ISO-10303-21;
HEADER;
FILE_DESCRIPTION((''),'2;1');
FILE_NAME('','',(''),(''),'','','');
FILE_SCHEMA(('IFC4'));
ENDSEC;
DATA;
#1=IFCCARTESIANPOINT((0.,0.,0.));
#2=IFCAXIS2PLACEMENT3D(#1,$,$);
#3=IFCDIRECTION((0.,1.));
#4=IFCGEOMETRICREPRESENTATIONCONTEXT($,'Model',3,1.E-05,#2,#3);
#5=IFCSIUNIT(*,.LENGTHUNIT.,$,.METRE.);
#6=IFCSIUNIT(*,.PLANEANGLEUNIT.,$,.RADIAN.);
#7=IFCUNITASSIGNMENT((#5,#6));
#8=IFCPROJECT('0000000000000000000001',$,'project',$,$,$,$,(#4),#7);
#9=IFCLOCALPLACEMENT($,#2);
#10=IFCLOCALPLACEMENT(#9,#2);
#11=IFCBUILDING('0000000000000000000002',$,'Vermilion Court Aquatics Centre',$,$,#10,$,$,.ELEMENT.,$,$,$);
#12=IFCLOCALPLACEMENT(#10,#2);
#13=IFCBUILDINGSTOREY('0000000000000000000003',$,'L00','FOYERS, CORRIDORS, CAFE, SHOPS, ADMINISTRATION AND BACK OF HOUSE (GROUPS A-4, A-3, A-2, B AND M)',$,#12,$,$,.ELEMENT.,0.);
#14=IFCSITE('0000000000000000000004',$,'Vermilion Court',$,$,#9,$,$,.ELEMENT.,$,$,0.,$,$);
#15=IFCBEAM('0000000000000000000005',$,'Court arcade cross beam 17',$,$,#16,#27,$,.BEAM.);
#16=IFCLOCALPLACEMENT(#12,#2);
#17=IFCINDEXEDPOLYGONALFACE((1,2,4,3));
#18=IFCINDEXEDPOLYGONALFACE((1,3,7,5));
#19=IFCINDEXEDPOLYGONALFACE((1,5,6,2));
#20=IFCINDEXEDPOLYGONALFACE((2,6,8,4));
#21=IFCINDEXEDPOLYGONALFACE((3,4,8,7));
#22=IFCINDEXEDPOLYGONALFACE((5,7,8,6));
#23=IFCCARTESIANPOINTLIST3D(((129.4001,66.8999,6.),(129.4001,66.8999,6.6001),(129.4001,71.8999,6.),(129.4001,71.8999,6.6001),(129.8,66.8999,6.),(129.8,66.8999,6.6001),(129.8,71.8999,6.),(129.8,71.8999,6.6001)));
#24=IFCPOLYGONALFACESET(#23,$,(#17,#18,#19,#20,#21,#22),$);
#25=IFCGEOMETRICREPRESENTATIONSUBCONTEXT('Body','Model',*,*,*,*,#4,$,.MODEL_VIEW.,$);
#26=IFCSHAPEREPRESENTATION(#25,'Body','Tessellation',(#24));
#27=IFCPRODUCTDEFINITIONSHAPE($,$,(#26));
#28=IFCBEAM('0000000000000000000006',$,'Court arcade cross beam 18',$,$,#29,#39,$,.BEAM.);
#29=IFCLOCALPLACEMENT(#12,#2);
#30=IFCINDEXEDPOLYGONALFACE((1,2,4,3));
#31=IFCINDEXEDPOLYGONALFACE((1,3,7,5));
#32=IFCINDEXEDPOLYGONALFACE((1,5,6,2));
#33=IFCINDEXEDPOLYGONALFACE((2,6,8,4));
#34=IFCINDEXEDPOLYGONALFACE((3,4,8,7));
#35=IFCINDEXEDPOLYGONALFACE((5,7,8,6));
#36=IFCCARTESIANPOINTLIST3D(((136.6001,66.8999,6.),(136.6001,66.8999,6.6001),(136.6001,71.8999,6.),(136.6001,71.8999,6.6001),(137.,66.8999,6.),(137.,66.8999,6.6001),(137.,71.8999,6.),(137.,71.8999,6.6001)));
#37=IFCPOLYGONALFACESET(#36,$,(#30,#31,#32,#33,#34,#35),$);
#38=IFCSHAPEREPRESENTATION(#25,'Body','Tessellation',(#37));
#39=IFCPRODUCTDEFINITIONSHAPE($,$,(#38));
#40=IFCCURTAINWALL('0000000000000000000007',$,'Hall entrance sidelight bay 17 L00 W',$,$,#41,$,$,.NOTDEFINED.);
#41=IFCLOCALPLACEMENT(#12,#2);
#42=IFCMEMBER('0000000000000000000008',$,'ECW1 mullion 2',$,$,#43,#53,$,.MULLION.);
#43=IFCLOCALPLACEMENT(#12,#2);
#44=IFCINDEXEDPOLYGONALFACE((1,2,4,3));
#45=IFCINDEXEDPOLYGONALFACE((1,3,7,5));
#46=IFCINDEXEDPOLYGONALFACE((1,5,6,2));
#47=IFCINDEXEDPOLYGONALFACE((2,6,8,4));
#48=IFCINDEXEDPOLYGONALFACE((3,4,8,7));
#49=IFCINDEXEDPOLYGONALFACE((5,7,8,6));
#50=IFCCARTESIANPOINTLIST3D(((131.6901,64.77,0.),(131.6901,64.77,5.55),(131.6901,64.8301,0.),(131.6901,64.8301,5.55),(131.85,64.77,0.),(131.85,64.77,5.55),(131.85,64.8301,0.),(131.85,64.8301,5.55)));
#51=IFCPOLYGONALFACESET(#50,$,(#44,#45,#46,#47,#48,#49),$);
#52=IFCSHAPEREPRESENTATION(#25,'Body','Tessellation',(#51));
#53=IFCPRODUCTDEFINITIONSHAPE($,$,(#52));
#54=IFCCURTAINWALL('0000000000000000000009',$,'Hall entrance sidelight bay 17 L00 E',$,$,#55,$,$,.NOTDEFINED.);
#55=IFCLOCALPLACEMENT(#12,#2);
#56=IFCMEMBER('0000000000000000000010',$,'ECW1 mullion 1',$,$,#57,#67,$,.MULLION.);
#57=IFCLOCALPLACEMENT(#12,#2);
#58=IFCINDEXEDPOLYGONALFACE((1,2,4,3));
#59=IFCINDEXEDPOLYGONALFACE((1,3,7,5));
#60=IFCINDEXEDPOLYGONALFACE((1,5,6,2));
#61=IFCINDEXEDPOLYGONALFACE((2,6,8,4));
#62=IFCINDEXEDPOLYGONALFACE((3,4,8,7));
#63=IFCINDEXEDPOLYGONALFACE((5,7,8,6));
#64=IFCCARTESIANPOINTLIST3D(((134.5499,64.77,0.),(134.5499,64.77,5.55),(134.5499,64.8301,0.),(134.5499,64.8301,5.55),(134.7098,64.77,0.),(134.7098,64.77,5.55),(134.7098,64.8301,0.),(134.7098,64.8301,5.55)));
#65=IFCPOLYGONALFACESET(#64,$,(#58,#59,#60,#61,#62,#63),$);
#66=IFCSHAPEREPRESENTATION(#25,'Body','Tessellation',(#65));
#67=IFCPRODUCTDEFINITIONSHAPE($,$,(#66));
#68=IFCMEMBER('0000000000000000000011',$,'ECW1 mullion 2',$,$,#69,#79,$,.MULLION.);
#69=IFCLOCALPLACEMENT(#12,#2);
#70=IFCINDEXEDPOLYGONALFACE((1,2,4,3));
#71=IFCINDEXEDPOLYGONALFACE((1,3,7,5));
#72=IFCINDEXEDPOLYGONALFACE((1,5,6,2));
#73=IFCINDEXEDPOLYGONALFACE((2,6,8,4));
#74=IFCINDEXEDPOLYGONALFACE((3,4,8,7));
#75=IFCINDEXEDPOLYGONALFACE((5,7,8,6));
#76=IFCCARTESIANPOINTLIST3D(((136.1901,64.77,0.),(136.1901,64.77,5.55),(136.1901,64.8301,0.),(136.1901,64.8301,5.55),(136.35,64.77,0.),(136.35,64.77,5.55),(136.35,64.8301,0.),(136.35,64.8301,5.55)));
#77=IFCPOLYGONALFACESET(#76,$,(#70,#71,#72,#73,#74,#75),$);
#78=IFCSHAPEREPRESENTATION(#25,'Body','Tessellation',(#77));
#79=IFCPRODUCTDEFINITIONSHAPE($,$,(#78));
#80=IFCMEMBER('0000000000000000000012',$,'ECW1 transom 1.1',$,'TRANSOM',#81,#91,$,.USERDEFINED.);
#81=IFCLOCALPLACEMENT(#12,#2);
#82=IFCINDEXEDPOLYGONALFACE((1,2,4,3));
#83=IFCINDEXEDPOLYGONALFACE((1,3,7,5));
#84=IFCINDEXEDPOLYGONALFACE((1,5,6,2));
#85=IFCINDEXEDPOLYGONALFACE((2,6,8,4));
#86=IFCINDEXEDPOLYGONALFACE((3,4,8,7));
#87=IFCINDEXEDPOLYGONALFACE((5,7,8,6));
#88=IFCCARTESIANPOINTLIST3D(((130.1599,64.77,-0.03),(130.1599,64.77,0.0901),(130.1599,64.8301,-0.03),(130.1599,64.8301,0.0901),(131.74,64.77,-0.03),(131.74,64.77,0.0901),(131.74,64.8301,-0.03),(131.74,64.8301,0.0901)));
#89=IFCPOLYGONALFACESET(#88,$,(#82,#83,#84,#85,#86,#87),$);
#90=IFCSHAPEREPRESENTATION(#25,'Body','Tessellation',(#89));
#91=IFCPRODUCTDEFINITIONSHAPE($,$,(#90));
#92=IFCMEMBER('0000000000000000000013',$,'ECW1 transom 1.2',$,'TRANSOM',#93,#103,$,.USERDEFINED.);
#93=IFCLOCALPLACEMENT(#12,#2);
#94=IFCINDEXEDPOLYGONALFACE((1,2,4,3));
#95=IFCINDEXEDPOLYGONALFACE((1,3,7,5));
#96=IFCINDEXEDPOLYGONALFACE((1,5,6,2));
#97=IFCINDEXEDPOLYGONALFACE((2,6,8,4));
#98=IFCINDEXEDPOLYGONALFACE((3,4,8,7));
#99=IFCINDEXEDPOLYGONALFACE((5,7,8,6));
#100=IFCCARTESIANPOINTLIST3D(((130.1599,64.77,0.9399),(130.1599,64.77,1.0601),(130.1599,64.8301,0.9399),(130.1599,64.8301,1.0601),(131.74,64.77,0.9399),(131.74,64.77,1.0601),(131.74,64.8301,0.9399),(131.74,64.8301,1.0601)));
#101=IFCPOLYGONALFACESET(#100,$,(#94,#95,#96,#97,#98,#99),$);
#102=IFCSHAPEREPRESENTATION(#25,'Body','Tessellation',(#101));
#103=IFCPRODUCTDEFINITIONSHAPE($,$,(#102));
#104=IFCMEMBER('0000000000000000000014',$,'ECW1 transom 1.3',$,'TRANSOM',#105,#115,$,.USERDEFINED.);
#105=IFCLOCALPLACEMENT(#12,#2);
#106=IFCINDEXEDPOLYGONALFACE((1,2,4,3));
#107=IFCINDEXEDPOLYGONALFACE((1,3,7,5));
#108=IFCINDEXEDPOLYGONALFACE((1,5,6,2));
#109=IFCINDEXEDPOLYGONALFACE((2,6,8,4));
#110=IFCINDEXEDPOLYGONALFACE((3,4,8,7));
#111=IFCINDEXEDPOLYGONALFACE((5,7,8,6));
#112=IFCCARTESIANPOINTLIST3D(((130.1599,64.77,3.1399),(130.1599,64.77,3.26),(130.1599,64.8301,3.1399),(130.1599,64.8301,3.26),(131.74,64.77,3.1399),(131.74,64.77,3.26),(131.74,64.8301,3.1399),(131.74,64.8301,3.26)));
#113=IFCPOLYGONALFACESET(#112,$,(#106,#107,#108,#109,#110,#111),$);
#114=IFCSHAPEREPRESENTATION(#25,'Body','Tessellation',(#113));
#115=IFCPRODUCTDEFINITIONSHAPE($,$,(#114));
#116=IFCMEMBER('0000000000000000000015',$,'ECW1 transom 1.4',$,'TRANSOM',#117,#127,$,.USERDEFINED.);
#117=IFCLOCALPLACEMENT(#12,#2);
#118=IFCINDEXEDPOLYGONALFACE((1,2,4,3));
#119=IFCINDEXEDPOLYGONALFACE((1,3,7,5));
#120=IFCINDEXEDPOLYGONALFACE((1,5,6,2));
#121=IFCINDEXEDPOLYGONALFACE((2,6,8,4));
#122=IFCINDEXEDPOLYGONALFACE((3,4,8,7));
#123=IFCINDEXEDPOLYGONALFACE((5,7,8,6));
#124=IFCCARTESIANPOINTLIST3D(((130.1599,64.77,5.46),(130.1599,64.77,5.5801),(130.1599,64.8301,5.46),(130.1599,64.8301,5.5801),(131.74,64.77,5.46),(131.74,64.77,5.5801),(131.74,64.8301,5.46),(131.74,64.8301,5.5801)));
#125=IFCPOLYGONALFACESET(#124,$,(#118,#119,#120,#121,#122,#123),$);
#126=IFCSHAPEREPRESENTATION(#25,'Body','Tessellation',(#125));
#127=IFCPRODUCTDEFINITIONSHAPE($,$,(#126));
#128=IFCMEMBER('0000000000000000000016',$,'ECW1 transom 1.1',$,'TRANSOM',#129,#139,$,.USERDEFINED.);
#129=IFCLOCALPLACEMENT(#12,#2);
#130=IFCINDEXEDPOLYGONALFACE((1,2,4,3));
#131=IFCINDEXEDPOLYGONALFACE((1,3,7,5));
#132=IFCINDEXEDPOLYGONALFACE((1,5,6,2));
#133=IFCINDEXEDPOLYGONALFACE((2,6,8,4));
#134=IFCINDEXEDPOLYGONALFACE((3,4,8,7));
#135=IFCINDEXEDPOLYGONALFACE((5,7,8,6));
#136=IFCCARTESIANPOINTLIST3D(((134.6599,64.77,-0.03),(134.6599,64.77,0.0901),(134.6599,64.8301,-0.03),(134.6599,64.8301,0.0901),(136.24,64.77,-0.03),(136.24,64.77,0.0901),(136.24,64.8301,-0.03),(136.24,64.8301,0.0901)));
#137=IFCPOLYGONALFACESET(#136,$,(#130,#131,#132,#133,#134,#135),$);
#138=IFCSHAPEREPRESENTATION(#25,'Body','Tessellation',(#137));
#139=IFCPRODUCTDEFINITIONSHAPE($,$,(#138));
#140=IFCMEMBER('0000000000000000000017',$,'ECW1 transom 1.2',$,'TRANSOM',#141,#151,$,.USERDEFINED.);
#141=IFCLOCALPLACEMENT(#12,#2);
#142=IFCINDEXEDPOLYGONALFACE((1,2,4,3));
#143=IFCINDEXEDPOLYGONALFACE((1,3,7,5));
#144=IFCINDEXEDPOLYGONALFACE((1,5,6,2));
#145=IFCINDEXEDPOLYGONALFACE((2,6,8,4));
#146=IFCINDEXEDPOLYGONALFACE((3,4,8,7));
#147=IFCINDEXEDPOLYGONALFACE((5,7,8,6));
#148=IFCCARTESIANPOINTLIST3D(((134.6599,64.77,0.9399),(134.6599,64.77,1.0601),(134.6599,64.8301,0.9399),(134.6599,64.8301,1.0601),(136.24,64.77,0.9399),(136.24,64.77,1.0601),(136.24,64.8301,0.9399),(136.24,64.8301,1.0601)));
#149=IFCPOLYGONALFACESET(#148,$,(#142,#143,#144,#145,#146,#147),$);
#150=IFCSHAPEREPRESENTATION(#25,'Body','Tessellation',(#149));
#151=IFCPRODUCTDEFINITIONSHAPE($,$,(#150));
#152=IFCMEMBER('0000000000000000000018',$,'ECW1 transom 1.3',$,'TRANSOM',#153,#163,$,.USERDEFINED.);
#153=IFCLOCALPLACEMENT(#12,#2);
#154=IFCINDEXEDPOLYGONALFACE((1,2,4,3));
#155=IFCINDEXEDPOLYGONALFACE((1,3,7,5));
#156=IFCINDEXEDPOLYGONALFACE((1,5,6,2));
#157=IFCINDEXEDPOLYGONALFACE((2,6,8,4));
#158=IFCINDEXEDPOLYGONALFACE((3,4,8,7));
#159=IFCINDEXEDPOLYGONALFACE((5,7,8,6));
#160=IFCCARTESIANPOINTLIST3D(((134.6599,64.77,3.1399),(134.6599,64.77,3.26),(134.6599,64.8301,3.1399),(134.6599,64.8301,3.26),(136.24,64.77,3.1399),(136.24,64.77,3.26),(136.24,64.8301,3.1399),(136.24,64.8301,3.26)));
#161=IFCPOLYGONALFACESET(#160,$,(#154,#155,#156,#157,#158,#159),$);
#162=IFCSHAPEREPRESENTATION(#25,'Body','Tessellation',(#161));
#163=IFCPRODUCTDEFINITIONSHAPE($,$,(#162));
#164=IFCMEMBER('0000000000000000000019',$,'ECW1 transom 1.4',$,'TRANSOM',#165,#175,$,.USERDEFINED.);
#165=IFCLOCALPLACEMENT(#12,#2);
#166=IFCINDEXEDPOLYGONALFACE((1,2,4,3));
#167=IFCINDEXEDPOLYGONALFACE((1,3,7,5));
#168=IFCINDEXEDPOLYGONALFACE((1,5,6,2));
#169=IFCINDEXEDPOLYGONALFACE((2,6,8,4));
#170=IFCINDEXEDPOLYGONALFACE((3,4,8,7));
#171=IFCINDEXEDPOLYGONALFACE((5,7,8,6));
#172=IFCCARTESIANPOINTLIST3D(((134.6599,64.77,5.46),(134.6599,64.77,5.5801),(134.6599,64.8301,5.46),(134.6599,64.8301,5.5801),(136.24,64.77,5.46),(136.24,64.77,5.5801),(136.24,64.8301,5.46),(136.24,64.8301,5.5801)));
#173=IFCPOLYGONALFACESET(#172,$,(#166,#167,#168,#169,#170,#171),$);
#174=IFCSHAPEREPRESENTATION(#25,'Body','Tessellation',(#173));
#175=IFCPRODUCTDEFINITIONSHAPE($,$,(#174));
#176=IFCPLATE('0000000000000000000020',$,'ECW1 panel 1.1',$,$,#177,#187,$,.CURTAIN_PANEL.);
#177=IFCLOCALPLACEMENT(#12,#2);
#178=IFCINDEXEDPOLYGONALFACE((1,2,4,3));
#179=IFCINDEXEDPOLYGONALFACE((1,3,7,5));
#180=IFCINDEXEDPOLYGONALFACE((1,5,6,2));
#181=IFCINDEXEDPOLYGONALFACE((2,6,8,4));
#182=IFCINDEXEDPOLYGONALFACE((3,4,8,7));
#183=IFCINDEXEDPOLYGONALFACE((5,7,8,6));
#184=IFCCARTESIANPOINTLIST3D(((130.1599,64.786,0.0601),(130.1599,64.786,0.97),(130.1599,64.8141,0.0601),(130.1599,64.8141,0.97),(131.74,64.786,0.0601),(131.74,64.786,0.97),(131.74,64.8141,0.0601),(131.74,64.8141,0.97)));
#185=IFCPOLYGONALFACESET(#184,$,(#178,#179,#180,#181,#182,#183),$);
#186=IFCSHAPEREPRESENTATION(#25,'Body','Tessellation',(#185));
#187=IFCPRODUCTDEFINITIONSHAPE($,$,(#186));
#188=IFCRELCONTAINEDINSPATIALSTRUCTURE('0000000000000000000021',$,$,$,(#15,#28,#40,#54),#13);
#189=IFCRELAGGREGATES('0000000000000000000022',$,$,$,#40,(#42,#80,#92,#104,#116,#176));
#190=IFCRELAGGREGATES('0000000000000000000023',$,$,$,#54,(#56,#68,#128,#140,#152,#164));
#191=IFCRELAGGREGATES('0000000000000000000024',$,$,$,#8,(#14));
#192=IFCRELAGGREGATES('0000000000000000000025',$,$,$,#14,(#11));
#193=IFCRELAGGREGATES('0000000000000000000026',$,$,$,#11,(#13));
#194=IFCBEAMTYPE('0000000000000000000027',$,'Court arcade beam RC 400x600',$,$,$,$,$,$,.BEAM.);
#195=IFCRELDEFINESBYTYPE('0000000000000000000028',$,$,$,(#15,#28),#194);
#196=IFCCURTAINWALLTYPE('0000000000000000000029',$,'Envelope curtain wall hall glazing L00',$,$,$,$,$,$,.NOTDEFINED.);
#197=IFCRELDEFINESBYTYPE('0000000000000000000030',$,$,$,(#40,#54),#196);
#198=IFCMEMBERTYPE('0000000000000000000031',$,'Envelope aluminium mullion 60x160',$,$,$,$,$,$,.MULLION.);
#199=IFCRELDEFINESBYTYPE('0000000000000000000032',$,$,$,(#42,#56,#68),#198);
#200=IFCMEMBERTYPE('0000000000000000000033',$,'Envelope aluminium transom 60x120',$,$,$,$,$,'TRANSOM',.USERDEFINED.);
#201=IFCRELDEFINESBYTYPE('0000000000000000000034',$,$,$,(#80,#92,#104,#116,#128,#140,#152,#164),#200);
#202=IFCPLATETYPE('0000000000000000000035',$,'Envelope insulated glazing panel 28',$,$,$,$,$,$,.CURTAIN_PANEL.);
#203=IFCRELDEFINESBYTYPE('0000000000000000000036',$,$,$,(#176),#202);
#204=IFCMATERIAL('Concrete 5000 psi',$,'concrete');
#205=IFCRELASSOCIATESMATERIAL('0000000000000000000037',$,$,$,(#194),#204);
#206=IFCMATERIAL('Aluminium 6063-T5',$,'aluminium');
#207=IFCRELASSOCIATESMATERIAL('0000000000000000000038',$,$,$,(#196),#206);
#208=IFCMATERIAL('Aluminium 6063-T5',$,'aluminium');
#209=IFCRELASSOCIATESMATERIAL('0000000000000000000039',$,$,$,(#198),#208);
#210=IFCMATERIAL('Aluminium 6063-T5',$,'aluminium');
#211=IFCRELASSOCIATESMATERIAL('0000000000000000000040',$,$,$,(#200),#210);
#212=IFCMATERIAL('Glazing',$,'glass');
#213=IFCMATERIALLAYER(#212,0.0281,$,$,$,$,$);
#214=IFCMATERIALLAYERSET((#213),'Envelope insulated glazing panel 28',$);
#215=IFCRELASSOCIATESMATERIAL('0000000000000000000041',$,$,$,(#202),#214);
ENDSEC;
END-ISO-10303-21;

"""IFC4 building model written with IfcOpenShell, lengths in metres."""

from ifc_helpers import new_model, si_unit, direction, frame, origin, origin_2d, place, context, subcontext, project, spatial, rectangle, extrude, material, layer, layer_set, material_profile, profile_set, type_object, element, aggregate, save


model = new_model("IFC4")

# Units and contexts
model_context = context("Model", 3, precision=1e-05, world=origin(), true_north=direction((0.0, 1.0)))
body_context = subcontext(model_context, "Body", "Model", "MODEL_VIEW")
ifc_project = project(units=[si_unit("LENGTHUNIT", "METRE"), si_unit("PLANEANGLEUNIT", "RADIAN")], contexts=[model_context])

# Site, building, storey
site_placement = place(None, origin())
site = spatial("IfcSite", under=ifc_project, at=site_placement, Name="Vermilion Court", CompositionType="ELEMENT", RefElevation=0.0)
building_placement = place(site_placement, origin())
building = spatial("IfcBuilding", under=site, at=building_placement, Name="Vermilion Court Aquatics Centre", CompositionType="ELEMENT")
storey_placement = place(building_placement, origin())
storey = spatial("IfcBuildingStorey", under=building, at=storey_placement, Name="L00", Description="FOYERS, CORRIDORS, CAFE, SHOPS, ADMINISTRATION AND BACK OF HOUSE (GROUPS A-4, A-3, A-2, B AND M)", CompositionType="ELEMENT", Elevation=0.0)

# Beams
ifc_material_1 = material(Name="Concrete 5000 psi", Category="concrete")
ifc_material_profile_1 = material_profile(ifc_material_1, rectangle(XDim=0.3999, YDim=0.6001, at=origin_2d()), Name="RC 400x600")
ifc_profile_set_1 = profile_set([ifc_material_profile_1], Name="Concrete 5000 psi")
beam_type = type_object("IfcBeamType", Name="Court arcade beam RC 400x600", PredefinedType="BEAM", material=ifc_profile_set_1)
for number, where, z_axis, x_axis, name in (
    (1, (129.6001, 66.8999, 6.3), (0.0, 1.0, 0.0), (-1.0, 0.0, 0.0), "Court arcade cross beam 17"),
    (2, (136.8, 66.8999, 6.3), (0.0, 1.0, 0.0), (-1.0, 0.0, 0.0), "Court arcade cross beam 18"),
):
    element("IfcBeam", number, at=place(storey_placement, frame(where, z_axis=z_axis, x_axis=x_axis)), inside=storey, type_object=beam_type, Name=name, PredefinedType="BEAM", context=body_context, shape_type="SweptSolid", body=[
        extrude(rectangle(XDim=0.3999, YDim=0.6001, at=origin_2d()), origin(), (0.0, 0.0, 1.0), 5.0),
    ])

# Curtain wall, member
ifc_material_2 = material(Name="Aluminium 6063-T5", Category="aluminium")
curtain_wall_type = type_object("IfcCurtainWallType", Name="Envelope curtain wall hall glazing L00", PredefinedType="NOTDEFINED", material=ifc_material_2)
curtain_wall_1_placement = place(storey_placement, origin())
curtain_wall_1 = element("IfcCurtainWall", 3, at=curtain_wall_1_placement, inside=storey, type_object=curtain_wall_type, Name="Hall entrance sidelight bay 17 L00 W", PredefinedType="NOTDEFINED")
ifc_material_3 = material(Name="Aluminium 6063-T5", Category="aluminium")
ifc_material_profile_2 = material_profile(ifc_material_3, rectangle(XDim=0.0601, YDim=0.1599, at=origin_2d()), Name="AL 60x160")
ifc_profile_set_2 = profile_set([ifc_material_profile_2], Name="Aluminium 6063-T5")
member_type_1 = type_object("IfcMemberType", Name="Envelope aluminium mullion 60x160", PredefinedType="MULLION", material=ifc_profile_set_2)
member_1_placement = place(storey_placement, frame((131.77, 64.8, 0.0), z_axis=(0.0, 0.0, 1.0), x_axis=(0.0, 1.0, 0.0)))
member_1 = element("IfcMember", 4, at=member_1_placement, type_object=member_type_1, Name="ECW1 mullion 2", PredefinedType="MULLION", context=body_context, shape_type="SweptSolid", body=[
    extrude(rectangle(XDim=0.0601, YDim=0.1599, at=origin_2d()), origin(), (0.0, 0.0, 1.0), 5.55),
])

# Curtain wall, members
curtain_wall_2_placement = place(storey_placement, origin())
curtain_wall_2 = element("IfcCurtainWall", 5, at=curtain_wall_2_placement, inside=storey, type_object=curtain_wall_type, Name="Hall entrance sidelight bay 17 L00 E", PredefinedType="NOTDEFINED")
member_2_placement = place(storey_placement, frame((134.6299, 64.8, 0.0), z_axis=(0.0, 0.0, 1.0), x_axis=(0.0, 1.0, 0.0)))
member_2 = element("IfcMember", 6, at=member_2_placement, type_object=member_type_1, Name="ECW1 mullion 1", PredefinedType="MULLION", context=body_context, shape_type="SweptSolid", body=[
    extrude(rectangle(XDim=0.0601, YDim=0.1599, at=origin_2d()), origin(), (0.0, 0.0, 1.0), 5.55),
])
member_3_placement = place(storey_placement, frame((136.27, 64.8, 0.0), z_axis=(0.0, 0.0, 1.0), x_axis=(0.0, 1.0, 0.0)))
member_3 = element("IfcMember", 7, at=member_3_placement, type_object=member_type_1, Name="ECW1 mullion 2", PredefinedType="MULLION", context=body_context, shape_type="SweptSolid", body=[
    extrude(rectangle(XDim=0.0601, YDim=0.1599, at=origin_2d()), origin(), (0.0, 0.0, 1.0), 5.55),
])

# Members
ifc_material_4 = material(Name="Aluminium 6063-T5", Category="aluminium")
ifc_material_profile_3 = material_profile(ifc_material_4, rectangle(XDim=0.0601, YDim=0.1201, at=origin_2d()), Name="AL 60x120")
ifc_profile_set_3 = profile_set([ifc_material_profile_3], Name="Aluminium 6063-T5")
member_type_2 = type_object("IfcMemberType", Name="Envelope aluminium transom 60x120", ElementType="TRANSOM", PredefinedType="USERDEFINED", material=ifc_profile_set_3)
member_4_placement = place(storey_placement, frame((130.1599, 64.8, 0.03), z_axis=(1.0, 0.0, 0.0), x_axis=(0.0, 1.0, 0.0)))
member_4 = element("IfcMember", 8, at=member_4_placement, type_object=member_type_2, Name="ECW1 transom 1.1", ObjectType="TRANSOM", PredefinedType="USERDEFINED", context=body_context, shape_type="SweptSolid", body=[
    extrude(rectangle(XDim=0.0601, YDim=0.1201, at=origin_2d()), origin(), (0.0, 0.0, 1.0), 1.5801),
])
member_5_placement = place(storey_placement, frame((130.1599, 64.8, 1.0), z_axis=(1.0, 0.0, 0.0), x_axis=(0.0, 1.0, 0.0)))
member_5 = element("IfcMember", 9, at=member_5_placement, type_object=member_type_2, Name="ECW1 transom 1.2", ObjectType="TRANSOM", PredefinedType="USERDEFINED", context=body_context, shape_type="SweptSolid", body=[
    extrude(rectangle(XDim=0.0601, YDim=0.1201, at=origin_2d()), origin(), (0.0, 0.0, 1.0), 1.5801),
])
member_6_placement = place(storey_placement, frame((130.1599, 64.8, 3.2), z_axis=(1.0, 0.0, 0.0), x_axis=(0.0, 1.0, 0.0)))
member_6 = element("IfcMember", 10, at=member_6_placement, type_object=member_type_2, Name="ECW1 transom 1.3", ObjectType="TRANSOM", PredefinedType="USERDEFINED", context=body_context, shape_type="SweptSolid", body=[
    extrude(rectangle(XDim=0.0601, YDim=0.1201, at=origin_2d()), origin(), (0.0, 0.0, 1.0), 1.5801),
])
member_7_placement = place(storey_placement, frame((130.1599, 64.8, 5.52), z_axis=(1.0, 0.0, 0.0), x_axis=(0.0, 1.0, 0.0)))
member_7 = element("IfcMember", 11, at=member_7_placement, type_object=member_type_2, Name="ECW1 transom 1.4", ObjectType="TRANSOM", PredefinedType="USERDEFINED", context=body_context, shape_type="SweptSolid", body=[
    extrude(rectangle(XDim=0.0601, YDim=0.1201, at=origin_2d()), origin(), (0.0, 0.0, 1.0), 1.5801),
])
member_8_placement = place(storey_placement, frame((134.6599, 64.8, 0.03), z_axis=(1.0, 0.0, 0.0), x_axis=(0.0, 1.0, 0.0)))
member_8 = element("IfcMember", 12, at=member_8_placement, type_object=member_type_2, Name="ECW1 transom 1.1", ObjectType="TRANSOM", PredefinedType="USERDEFINED", context=body_context, shape_type="SweptSolid", body=[
    extrude(rectangle(XDim=0.0601, YDim=0.1201, at=origin_2d()), origin(), (0.0, 0.0, 1.0), 1.5801),
])
member_9_placement = place(storey_placement, frame((134.6599, 64.8, 1.0), z_axis=(1.0, 0.0, 0.0), x_axis=(0.0, 1.0, 0.0)))
member_9 = element("IfcMember", 13, at=member_9_placement, type_object=member_type_2, Name="ECW1 transom 1.2", ObjectType="TRANSOM", PredefinedType="USERDEFINED", context=body_context, shape_type="SweptSolid", body=[
    extrude(rectangle(XDim=0.0601, YDim=0.1201, at=origin_2d()), origin(), (0.0, 0.0, 1.0), 1.5801),
])
member_10_placement = place(storey_placement, frame((134.6599, 64.8, 3.2), z_axis=(1.0, 0.0, 0.0), x_axis=(0.0, 1.0, 0.0)))
member_10 = element("IfcMember", 14, at=member_10_placement, type_object=member_type_2, Name="ECW1 transom 1.3", ObjectType="TRANSOM", PredefinedType="USERDEFINED", context=body_context, shape_type="SweptSolid", body=[
    extrude(rectangle(XDim=0.0601, YDim=0.1201, at=origin_2d()), origin(), (0.0, 0.0, 1.0), 1.5801),
])
member_11_placement = place(storey_placement, frame((134.6599, 64.8, 5.52), z_axis=(1.0, 0.0, 0.0), x_axis=(0.0, 1.0, 0.0)))
member_11 = element("IfcMember", 15, at=member_11_placement, type_object=member_type_2, Name="ECW1 transom 1.4", ObjectType="TRANSOM", PredefinedType="USERDEFINED", context=body_context, shape_type="SweptSolid", body=[
    extrude(rectangle(XDim=0.0601, YDim=0.1201, at=origin_2d()), origin(), (0.0, 0.0, 1.0), 1.5801),
])

# Plate
ifc_material_5 = material(Name="Glazing", Category="glass")
ifc_layer_1 = layer(ifc_material_5, 0.0281)
ifc_layer_set_1 = layer_set([ifc_layer_1], Name="Envelope insulated glazing panel 28")
plate_type = type_object("IfcPlateType", Name="Envelope insulated glazing panel 28", PredefinedType="CURTAIN_PANEL", material=ifc_layer_set_1)
plate_1_placement = place(storey_placement, frame((130.95, 64.8, 0.0601), z_axis=(0.0, 0.0, 1.0), x_axis=(1.0, 0.0, 0.0)))
plate_1 = element("IfcPlate", 16, at=plate_1_placement, type_object=plate_type, Name="ECW1 panel 1.1", PredefinedType="CURTAIN_PANEL", context=body_context, shape_type="SweptSolid", body=[
    extrude(rectangle(XDim=1.5801, YDim=0.0281, at=origin_2d()), origin(), (0.0, 0.0, 1.0), 0.9099),
])
aggregate(curtain_wall_1, [member_1, member_4, member_5, member_6, member_7, plate_1])
aggregate(curtain_wall_2, [member_2, member_3, member_8, member_9, member_10, member_11])

save(model, "model.ifc")
